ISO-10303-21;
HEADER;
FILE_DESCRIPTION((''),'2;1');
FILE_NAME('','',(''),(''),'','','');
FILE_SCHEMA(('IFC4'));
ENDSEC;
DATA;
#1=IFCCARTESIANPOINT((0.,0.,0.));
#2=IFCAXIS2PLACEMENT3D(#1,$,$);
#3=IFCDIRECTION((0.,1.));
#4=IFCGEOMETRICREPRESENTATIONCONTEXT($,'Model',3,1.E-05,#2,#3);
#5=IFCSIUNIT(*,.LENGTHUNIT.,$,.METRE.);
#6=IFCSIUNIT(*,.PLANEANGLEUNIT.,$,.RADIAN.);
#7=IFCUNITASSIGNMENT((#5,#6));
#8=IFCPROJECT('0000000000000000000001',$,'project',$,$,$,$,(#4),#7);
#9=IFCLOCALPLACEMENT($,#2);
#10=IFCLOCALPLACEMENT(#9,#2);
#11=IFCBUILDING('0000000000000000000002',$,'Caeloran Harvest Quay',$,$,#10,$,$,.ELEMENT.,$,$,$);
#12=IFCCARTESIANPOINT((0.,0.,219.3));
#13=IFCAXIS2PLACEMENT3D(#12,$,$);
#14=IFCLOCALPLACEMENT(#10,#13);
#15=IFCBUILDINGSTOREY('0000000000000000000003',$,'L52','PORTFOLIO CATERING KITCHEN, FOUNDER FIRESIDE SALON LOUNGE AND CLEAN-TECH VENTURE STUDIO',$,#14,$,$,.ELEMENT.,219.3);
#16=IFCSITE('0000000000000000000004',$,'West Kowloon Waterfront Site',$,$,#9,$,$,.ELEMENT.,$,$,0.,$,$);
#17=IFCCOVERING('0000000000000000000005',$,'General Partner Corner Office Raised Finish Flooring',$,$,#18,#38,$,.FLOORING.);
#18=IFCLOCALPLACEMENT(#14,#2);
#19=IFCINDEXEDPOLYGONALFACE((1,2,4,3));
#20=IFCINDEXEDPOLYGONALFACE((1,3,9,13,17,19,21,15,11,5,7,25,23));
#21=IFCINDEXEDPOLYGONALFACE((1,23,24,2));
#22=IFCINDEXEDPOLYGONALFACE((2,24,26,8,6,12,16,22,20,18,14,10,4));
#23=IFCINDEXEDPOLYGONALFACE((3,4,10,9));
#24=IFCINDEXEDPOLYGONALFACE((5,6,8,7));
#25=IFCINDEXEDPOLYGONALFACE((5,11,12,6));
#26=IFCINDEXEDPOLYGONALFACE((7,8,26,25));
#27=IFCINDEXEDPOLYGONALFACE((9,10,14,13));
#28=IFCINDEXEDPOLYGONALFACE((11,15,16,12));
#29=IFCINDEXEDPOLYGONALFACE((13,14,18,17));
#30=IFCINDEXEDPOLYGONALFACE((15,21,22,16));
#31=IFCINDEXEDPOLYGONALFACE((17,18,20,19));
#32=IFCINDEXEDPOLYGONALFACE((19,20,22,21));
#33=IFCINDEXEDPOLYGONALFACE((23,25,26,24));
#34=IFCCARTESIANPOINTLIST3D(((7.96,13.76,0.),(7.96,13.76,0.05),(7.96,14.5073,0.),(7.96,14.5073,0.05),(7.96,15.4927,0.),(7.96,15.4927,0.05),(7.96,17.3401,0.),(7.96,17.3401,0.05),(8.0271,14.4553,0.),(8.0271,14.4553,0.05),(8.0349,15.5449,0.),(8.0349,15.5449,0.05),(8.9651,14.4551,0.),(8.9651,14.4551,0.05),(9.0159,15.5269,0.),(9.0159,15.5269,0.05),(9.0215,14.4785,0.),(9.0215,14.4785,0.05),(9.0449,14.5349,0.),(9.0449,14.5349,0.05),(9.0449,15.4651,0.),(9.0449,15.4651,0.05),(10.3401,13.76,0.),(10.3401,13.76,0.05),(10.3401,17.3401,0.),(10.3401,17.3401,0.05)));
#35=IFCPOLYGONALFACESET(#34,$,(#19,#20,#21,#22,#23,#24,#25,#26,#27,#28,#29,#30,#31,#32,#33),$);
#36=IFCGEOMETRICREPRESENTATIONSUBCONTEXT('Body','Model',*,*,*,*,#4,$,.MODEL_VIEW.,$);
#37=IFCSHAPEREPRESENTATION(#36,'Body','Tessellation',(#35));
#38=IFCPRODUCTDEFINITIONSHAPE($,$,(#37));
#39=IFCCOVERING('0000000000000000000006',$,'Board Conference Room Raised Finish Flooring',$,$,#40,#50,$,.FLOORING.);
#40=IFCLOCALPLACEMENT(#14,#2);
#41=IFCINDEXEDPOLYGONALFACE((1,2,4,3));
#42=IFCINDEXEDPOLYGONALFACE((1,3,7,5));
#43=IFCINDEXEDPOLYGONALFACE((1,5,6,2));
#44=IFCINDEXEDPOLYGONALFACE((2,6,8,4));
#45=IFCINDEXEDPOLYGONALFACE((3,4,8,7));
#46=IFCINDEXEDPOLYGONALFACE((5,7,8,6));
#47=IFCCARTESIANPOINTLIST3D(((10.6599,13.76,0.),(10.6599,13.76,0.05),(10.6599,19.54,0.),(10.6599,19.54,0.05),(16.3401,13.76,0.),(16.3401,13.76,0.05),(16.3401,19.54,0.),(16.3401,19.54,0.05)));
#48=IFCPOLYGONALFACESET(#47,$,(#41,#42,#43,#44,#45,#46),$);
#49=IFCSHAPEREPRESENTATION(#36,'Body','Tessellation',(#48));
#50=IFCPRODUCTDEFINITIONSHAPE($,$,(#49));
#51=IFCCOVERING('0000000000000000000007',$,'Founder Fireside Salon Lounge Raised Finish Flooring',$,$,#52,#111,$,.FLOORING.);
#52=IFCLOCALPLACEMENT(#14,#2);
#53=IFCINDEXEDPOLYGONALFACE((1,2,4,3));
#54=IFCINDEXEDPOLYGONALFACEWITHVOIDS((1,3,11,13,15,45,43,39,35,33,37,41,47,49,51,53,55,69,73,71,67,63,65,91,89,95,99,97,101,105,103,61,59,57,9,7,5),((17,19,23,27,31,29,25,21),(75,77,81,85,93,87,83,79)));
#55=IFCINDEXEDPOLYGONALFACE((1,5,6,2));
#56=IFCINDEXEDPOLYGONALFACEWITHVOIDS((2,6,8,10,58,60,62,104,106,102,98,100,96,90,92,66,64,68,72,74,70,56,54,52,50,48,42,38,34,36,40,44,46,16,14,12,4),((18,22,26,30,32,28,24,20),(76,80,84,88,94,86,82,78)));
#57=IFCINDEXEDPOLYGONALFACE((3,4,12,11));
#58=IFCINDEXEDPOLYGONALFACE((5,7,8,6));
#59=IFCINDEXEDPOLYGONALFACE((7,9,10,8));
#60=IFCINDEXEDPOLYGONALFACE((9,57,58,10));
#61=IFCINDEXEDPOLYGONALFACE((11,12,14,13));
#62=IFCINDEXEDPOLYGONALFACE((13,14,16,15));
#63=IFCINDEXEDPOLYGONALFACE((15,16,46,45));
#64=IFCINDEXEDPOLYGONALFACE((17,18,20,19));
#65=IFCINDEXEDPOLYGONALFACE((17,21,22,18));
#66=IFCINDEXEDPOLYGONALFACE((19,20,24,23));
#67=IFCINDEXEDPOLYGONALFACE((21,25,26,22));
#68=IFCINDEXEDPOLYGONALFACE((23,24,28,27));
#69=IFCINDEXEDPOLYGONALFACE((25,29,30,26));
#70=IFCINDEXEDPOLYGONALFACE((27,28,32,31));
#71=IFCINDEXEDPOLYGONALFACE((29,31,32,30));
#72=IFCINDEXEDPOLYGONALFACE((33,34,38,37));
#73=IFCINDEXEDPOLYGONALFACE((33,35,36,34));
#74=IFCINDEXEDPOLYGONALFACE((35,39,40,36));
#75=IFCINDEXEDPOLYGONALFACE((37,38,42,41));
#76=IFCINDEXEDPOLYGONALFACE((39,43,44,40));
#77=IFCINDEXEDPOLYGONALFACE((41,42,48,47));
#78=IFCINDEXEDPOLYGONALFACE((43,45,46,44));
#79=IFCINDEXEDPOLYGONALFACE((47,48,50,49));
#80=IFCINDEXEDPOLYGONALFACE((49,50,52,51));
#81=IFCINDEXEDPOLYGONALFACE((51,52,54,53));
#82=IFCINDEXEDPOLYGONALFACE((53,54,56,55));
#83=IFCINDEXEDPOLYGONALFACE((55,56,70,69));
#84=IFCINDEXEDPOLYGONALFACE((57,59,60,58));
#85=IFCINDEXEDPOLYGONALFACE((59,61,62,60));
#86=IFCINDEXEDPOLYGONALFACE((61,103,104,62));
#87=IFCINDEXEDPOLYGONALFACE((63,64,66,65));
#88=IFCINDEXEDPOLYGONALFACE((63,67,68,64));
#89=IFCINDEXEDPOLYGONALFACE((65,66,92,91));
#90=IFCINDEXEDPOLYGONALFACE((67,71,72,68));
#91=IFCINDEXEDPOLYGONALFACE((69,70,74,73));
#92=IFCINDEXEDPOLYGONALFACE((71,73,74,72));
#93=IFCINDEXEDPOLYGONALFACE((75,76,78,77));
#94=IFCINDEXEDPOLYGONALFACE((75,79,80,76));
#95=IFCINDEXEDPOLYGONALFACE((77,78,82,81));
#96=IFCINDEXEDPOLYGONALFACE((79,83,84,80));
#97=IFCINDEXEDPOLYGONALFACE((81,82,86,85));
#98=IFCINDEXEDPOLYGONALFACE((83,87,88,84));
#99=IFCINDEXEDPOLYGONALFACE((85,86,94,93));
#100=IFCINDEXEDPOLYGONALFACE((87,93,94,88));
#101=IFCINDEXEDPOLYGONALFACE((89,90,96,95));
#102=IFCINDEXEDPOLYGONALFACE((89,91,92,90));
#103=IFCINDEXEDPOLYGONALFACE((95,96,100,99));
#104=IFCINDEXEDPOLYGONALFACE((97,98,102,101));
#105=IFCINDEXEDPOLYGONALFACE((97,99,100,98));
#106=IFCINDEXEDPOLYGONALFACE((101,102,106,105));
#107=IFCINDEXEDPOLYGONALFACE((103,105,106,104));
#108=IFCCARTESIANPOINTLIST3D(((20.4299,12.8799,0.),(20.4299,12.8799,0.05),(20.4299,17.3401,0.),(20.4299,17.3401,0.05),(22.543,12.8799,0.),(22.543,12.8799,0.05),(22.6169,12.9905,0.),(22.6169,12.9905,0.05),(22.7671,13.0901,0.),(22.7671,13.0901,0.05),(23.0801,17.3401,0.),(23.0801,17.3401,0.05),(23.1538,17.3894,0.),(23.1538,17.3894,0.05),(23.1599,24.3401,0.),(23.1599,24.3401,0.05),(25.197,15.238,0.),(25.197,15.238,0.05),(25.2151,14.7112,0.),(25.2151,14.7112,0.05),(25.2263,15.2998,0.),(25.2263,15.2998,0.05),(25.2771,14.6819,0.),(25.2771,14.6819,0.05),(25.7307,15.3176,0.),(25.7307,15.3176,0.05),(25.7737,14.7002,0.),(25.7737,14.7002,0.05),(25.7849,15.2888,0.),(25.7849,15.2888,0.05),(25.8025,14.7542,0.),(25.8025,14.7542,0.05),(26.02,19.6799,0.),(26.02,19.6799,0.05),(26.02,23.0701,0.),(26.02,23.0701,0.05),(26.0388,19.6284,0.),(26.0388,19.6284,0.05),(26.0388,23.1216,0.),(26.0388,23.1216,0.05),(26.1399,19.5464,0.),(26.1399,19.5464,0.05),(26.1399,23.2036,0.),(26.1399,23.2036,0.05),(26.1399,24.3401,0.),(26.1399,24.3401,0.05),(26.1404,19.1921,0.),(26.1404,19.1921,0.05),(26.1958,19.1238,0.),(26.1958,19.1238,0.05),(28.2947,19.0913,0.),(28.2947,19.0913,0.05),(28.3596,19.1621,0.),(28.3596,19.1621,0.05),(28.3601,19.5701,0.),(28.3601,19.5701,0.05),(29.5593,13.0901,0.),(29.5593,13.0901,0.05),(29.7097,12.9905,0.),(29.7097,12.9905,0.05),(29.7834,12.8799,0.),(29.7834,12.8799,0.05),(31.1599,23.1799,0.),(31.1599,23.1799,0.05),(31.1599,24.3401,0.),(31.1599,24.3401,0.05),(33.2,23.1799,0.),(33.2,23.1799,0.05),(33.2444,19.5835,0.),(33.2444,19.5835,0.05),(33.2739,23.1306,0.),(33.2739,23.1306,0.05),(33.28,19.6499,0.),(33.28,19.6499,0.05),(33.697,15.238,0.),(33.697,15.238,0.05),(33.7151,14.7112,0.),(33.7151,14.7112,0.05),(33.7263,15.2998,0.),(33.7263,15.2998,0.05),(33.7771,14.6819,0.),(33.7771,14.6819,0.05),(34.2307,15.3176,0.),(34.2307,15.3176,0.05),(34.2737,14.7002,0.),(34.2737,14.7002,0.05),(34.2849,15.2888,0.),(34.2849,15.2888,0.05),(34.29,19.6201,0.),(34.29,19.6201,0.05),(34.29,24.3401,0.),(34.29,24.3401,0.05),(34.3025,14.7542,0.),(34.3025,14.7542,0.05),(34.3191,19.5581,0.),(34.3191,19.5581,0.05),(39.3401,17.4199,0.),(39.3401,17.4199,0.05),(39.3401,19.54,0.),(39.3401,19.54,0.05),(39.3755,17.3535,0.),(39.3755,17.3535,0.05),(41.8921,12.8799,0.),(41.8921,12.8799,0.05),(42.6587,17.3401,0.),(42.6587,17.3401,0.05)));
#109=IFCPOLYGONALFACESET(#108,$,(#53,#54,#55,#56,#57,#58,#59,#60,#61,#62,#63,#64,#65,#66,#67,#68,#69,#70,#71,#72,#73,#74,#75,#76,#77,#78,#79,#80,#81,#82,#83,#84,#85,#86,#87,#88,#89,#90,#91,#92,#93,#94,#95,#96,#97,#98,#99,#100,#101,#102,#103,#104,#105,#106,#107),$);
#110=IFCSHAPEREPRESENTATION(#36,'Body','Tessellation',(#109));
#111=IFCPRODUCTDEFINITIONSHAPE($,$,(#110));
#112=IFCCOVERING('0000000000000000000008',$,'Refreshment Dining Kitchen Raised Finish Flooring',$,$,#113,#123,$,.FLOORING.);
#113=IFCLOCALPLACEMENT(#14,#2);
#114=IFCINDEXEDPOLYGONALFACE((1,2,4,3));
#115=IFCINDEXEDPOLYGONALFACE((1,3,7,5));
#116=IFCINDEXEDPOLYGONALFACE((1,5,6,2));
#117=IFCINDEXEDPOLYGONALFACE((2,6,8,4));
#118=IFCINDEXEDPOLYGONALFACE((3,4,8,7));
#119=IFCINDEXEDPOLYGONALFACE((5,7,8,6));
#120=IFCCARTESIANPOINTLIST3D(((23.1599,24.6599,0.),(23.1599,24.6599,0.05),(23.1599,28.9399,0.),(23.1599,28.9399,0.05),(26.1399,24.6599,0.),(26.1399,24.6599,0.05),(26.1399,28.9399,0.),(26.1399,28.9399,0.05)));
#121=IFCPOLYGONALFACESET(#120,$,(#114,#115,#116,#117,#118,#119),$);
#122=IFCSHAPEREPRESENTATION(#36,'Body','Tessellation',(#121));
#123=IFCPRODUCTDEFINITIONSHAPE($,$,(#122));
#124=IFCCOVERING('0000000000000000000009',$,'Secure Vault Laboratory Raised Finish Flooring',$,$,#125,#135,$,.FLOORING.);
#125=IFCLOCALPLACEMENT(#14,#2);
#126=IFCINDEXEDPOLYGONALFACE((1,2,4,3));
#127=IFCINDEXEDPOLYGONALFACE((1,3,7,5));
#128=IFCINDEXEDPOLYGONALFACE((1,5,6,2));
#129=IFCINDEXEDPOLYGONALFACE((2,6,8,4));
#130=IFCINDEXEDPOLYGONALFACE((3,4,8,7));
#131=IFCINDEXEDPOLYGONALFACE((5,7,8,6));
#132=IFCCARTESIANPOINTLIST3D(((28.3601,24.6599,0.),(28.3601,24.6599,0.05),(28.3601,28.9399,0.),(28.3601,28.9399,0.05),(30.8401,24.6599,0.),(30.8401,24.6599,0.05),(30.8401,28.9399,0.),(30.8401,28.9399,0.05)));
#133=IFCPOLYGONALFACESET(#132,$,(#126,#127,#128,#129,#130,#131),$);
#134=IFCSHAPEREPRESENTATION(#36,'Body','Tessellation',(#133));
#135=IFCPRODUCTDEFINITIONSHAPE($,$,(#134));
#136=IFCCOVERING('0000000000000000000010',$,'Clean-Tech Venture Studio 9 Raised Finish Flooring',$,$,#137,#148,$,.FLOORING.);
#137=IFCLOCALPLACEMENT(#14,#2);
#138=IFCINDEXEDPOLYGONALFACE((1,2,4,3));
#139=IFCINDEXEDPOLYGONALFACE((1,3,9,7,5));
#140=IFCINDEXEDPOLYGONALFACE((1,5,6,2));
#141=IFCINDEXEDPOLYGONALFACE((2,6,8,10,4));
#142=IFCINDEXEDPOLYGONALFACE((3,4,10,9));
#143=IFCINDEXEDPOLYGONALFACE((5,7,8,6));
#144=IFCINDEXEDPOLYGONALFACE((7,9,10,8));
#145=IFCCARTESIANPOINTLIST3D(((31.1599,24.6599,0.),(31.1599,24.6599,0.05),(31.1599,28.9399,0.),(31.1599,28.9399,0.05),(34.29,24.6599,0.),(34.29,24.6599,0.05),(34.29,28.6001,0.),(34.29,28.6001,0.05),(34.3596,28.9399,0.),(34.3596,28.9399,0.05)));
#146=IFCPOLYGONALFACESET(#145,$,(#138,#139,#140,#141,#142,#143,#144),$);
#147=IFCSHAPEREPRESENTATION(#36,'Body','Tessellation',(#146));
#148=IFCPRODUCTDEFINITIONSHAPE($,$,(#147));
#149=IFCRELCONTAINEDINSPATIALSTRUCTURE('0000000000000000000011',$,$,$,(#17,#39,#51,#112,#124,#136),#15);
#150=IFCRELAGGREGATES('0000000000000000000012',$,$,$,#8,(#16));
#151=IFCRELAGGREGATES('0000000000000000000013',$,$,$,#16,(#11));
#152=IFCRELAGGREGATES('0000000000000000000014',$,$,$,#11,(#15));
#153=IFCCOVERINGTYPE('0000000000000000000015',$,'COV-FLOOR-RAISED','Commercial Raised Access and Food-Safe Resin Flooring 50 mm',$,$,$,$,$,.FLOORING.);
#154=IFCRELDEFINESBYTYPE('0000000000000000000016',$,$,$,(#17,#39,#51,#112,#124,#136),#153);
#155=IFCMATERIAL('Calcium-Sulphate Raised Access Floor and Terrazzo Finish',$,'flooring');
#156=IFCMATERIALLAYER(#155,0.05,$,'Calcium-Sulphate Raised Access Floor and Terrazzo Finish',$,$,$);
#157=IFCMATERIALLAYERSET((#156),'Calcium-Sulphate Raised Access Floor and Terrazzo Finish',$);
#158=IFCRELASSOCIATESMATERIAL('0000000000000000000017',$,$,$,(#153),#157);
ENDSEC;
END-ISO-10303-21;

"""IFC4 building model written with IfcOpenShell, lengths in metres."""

from ifc_helpers import new_model, si_unit, direction, frame, origin, place, context, subcontext, project, spatial, polyline, outline, extrude, material, layer, layer_set, type_object, element, save


model = new_model("IFC4")

# Units and contexts
model_context = context("Model", 3, precision=1e-05, world=origin(), true_north=direction((0.0, 1.0)))
body_context = subcontext(model_context, "Body", "Model", "MODEL_VIEW")
ifc_project = project(units=[si_unit("LENGTHUNIT", "METRE"), si_unit("PLANEANGLEUNIT", "RADIAN")], contexts=[model_context])

# Site, building, storey
site_placement = place(None, origin())
site = spatial("IfcSite", under=ifc_project, at=site_placement, Name="West Kowloon Waterfront Site", CompositionType="ELEMENT", RefElevation=0.0)
building_placement = place(site_placement, origin())
building = spatial("IfcBuilding", under=site, at=building_placement, Name="Caeloran Harvest Quay", CompositionType="ELEMENT")
storey_placement = place(building_placement, frame((0.0, 0.0, 219.3)))
storey = spatial("IfcBuildingStorey", under=building, at=storey_placement, Name="L52", Description="PORTFOLIO CATERING KITCHEN, FOUNDER FIRESIDE SALON LOUNGE AND CLEAN-TECH VENTURE STUDIO", CompositionType="ELEMENT", Elevation=219.3)

# Coverings
ifc_material_1 = material(Name="Calcium-Sulphate Raised Access Floor and Terrazzo Finish", Category="flooring")
ifc_layer_1 = layer(ifc_material_1, 0.05, Name="Calcium-Sulphate Raised Access Floor and Terrazzo Finish")
ifc_layer_set_1 = layer_set([ifc_layer_1], Name="Calcium-Sulphate Raised Access Floor and Terrazzo Finish")
covering_type_1 = type_object("IfcCoveringType", Name="COV-FLOOR-RAISED", Description="Commercial Raised Access and Food-Safe Resin Flooring 50 mm", PredefinedType="FLOORING", material=ifc_layer_set_1)
covering_1_placement = place(storey_placement, origin())
element("IfcCovering", 1, at=covering_1_placement, inside=storey, type_object=covering_type_1, Name="General Partner Corner Office Raised Finish Flooring", PredefinedType="FLOORING", context=body_context, shape_type="SweptSolid", body=[
    extrude(outline(polyline([(7.96, 14.5073), (8.0271, 14.4553), (8.9651, 14.4551), (9.0215, 14.4785), (9.0449, 14.5349), (9.0449, 15.4651), (9.0159, 15.5269), (8.0349, 15.5449), (7.96, 15.4927), (7.96, 17.3401), (10.3401, 17.3401), (10.3401, 13.76), (7.96, 13.76), (7.96, 14.5073)])), origin(), (0.0, 0.0, 1.0), 0.05),
])
covering_2_placement = place(storey_placement, origin())
element("IfcCovering", 2, at=covering_2_placement, inside=storey, type_object=covering_type_1, Name="Board Conference Room Raised Finish Flooring", PredefinedType="FLOORING", context=body_context, shape_type="SweptSolid", body=[
    extrude(outline(polyline([(16.3401, 19.54), (16.3401, 13.76), (10.6599, 13.76), (10.6599, 19.54), (16.3401, 19.54)])), origin(), (0.0, 0.0, 1.0), 0.05),
])
covering_3_placement = place(storey_placement, origin())
element("IfcCovering", 3, at=covering_3_placement, inside=storey, type_object=covering_type_1, Name="Founder Fireside Salon Lounge Raised Finish Flooring", PredefinedType="FLOORING", context=body_context, shape_type="SweptSolid", body=[
    extrude(outline(polyline([(22.543, 12.8799), (20.4299, 12.8799), (20.4299, 17.3401), (23.0801, 17.3401), (23.1538, 17.3894), (23.1599, 24.3401), (26.1399, 24.3401), (26.1399, 23.2036), (26.0388, 23.1216), (26.02, 23.0701), (26.02, 19.6799), (26.0388, 19.6284), (26.1399, 19.5464), (26.1404, 19.1921), (26.1958, 19.1238), (28.2947, 19.0913), (28.3596, 19.1621), (28.3601, 19.5701), (33.2444, 19.5835), (33.28, 19.6499), (33.2739, 23.1306), (33.2, 23.1799), (31.1599, 23.1799), (31.1599, 24.3401), (34.29, 24.3401), (34.29, 19.6201), (34.3191, 19.5581), (39.3401, 19.54), (39.3401, 17.4199), (39.3755, 17.3535), (42.6587, 17.3401), (41.8921, 12.8799), (29.7834, 12.8799), (29.7097, 12.9905), (29.5593, 13.0901), (22.7671, 13.0901), (22.6169, 12.9905), (22.543, 12.8799)]), holes=[polyline([(34.3025, 14.7542), (34.2849, 15.2888), (34.2307, 15.3176), (33.7263, 15.2998), (33.697, 15.238), (33.7151, 14.7112), (33.7771, 14.6819), (34.2737, 14.7002), (34.3025, 14.7542)]), polyline([(25.8025, 14.7542), (25.7849, 15.2888), (25.7307, 15.3176), (25.2263, 15.2998), (25.197, 15.238), (25.2151, 14.7112), (25.2771, 14.6819), (25.7737, 14.7002), (25.8025, 14.7542)])]), origin(), (0.0, 0.0, 1.0), 0.05),
])
covering_4_placement = place(storey_placement, origin())
element("IfcCovering", 4, at=covering_4_placement, inside=storey, type_object=covering_type_1, Name="Refreshment Dining Kitchen Raised Finish Flooring", PredefinedType="FLOORING", context=body_context, shape_type="SweptSolid", body=[
    extrude(outline(polyline([(23.1599, 28.9399), (26.1399, 28.9399), (26.1399, 24.6599), (23.1599, 24.6599), (23.1599, 28.9399)])), origin(), (0.0, 0.0, 1.0), 0.05),
])
covering_5_placement = place(storey_placement, origin())
element("IfcCovering", 5, at=covering_5_placement, inside=storey, type_object=covering_type_1, Name="Secure Vault Laboratory Raised Finish Flooring", PredefinedType="FLOORING", context=body_context, shape_type="SweptSolid", body=[
    extrude(outline(polyline([(28.3601, 24.6599), (28.3601, 28.9399), (30.8401, 28.9399), (30.8401, 24.6599), (28.3601, 24.6599)])), origin(), (0.0, 0.0, 1.0), 0.05),
])
covering_6_placement = place(storey_placement, origin())
element("IfcCovering", 6, at=covering_6_placement, inside=storey, type_object=covering_type_1, Name="Clean-Tech Venture Studio 9 Raised Finish Flooring", PredefinedType="FLOORING", context=body_context, shape_type="SweptSolid", body=[
    extrude(outline(polyline([(34.3596, 28.9399), (34.29, 28.6001), (34.29, 24.6599), (31.1599, 24.6599), (31.1599, 28.9399), (34.3596, 28.9399)])), origin(), (0.0, 0.0, 1.0), 0.05),
])

save(model, "model.ifc")
